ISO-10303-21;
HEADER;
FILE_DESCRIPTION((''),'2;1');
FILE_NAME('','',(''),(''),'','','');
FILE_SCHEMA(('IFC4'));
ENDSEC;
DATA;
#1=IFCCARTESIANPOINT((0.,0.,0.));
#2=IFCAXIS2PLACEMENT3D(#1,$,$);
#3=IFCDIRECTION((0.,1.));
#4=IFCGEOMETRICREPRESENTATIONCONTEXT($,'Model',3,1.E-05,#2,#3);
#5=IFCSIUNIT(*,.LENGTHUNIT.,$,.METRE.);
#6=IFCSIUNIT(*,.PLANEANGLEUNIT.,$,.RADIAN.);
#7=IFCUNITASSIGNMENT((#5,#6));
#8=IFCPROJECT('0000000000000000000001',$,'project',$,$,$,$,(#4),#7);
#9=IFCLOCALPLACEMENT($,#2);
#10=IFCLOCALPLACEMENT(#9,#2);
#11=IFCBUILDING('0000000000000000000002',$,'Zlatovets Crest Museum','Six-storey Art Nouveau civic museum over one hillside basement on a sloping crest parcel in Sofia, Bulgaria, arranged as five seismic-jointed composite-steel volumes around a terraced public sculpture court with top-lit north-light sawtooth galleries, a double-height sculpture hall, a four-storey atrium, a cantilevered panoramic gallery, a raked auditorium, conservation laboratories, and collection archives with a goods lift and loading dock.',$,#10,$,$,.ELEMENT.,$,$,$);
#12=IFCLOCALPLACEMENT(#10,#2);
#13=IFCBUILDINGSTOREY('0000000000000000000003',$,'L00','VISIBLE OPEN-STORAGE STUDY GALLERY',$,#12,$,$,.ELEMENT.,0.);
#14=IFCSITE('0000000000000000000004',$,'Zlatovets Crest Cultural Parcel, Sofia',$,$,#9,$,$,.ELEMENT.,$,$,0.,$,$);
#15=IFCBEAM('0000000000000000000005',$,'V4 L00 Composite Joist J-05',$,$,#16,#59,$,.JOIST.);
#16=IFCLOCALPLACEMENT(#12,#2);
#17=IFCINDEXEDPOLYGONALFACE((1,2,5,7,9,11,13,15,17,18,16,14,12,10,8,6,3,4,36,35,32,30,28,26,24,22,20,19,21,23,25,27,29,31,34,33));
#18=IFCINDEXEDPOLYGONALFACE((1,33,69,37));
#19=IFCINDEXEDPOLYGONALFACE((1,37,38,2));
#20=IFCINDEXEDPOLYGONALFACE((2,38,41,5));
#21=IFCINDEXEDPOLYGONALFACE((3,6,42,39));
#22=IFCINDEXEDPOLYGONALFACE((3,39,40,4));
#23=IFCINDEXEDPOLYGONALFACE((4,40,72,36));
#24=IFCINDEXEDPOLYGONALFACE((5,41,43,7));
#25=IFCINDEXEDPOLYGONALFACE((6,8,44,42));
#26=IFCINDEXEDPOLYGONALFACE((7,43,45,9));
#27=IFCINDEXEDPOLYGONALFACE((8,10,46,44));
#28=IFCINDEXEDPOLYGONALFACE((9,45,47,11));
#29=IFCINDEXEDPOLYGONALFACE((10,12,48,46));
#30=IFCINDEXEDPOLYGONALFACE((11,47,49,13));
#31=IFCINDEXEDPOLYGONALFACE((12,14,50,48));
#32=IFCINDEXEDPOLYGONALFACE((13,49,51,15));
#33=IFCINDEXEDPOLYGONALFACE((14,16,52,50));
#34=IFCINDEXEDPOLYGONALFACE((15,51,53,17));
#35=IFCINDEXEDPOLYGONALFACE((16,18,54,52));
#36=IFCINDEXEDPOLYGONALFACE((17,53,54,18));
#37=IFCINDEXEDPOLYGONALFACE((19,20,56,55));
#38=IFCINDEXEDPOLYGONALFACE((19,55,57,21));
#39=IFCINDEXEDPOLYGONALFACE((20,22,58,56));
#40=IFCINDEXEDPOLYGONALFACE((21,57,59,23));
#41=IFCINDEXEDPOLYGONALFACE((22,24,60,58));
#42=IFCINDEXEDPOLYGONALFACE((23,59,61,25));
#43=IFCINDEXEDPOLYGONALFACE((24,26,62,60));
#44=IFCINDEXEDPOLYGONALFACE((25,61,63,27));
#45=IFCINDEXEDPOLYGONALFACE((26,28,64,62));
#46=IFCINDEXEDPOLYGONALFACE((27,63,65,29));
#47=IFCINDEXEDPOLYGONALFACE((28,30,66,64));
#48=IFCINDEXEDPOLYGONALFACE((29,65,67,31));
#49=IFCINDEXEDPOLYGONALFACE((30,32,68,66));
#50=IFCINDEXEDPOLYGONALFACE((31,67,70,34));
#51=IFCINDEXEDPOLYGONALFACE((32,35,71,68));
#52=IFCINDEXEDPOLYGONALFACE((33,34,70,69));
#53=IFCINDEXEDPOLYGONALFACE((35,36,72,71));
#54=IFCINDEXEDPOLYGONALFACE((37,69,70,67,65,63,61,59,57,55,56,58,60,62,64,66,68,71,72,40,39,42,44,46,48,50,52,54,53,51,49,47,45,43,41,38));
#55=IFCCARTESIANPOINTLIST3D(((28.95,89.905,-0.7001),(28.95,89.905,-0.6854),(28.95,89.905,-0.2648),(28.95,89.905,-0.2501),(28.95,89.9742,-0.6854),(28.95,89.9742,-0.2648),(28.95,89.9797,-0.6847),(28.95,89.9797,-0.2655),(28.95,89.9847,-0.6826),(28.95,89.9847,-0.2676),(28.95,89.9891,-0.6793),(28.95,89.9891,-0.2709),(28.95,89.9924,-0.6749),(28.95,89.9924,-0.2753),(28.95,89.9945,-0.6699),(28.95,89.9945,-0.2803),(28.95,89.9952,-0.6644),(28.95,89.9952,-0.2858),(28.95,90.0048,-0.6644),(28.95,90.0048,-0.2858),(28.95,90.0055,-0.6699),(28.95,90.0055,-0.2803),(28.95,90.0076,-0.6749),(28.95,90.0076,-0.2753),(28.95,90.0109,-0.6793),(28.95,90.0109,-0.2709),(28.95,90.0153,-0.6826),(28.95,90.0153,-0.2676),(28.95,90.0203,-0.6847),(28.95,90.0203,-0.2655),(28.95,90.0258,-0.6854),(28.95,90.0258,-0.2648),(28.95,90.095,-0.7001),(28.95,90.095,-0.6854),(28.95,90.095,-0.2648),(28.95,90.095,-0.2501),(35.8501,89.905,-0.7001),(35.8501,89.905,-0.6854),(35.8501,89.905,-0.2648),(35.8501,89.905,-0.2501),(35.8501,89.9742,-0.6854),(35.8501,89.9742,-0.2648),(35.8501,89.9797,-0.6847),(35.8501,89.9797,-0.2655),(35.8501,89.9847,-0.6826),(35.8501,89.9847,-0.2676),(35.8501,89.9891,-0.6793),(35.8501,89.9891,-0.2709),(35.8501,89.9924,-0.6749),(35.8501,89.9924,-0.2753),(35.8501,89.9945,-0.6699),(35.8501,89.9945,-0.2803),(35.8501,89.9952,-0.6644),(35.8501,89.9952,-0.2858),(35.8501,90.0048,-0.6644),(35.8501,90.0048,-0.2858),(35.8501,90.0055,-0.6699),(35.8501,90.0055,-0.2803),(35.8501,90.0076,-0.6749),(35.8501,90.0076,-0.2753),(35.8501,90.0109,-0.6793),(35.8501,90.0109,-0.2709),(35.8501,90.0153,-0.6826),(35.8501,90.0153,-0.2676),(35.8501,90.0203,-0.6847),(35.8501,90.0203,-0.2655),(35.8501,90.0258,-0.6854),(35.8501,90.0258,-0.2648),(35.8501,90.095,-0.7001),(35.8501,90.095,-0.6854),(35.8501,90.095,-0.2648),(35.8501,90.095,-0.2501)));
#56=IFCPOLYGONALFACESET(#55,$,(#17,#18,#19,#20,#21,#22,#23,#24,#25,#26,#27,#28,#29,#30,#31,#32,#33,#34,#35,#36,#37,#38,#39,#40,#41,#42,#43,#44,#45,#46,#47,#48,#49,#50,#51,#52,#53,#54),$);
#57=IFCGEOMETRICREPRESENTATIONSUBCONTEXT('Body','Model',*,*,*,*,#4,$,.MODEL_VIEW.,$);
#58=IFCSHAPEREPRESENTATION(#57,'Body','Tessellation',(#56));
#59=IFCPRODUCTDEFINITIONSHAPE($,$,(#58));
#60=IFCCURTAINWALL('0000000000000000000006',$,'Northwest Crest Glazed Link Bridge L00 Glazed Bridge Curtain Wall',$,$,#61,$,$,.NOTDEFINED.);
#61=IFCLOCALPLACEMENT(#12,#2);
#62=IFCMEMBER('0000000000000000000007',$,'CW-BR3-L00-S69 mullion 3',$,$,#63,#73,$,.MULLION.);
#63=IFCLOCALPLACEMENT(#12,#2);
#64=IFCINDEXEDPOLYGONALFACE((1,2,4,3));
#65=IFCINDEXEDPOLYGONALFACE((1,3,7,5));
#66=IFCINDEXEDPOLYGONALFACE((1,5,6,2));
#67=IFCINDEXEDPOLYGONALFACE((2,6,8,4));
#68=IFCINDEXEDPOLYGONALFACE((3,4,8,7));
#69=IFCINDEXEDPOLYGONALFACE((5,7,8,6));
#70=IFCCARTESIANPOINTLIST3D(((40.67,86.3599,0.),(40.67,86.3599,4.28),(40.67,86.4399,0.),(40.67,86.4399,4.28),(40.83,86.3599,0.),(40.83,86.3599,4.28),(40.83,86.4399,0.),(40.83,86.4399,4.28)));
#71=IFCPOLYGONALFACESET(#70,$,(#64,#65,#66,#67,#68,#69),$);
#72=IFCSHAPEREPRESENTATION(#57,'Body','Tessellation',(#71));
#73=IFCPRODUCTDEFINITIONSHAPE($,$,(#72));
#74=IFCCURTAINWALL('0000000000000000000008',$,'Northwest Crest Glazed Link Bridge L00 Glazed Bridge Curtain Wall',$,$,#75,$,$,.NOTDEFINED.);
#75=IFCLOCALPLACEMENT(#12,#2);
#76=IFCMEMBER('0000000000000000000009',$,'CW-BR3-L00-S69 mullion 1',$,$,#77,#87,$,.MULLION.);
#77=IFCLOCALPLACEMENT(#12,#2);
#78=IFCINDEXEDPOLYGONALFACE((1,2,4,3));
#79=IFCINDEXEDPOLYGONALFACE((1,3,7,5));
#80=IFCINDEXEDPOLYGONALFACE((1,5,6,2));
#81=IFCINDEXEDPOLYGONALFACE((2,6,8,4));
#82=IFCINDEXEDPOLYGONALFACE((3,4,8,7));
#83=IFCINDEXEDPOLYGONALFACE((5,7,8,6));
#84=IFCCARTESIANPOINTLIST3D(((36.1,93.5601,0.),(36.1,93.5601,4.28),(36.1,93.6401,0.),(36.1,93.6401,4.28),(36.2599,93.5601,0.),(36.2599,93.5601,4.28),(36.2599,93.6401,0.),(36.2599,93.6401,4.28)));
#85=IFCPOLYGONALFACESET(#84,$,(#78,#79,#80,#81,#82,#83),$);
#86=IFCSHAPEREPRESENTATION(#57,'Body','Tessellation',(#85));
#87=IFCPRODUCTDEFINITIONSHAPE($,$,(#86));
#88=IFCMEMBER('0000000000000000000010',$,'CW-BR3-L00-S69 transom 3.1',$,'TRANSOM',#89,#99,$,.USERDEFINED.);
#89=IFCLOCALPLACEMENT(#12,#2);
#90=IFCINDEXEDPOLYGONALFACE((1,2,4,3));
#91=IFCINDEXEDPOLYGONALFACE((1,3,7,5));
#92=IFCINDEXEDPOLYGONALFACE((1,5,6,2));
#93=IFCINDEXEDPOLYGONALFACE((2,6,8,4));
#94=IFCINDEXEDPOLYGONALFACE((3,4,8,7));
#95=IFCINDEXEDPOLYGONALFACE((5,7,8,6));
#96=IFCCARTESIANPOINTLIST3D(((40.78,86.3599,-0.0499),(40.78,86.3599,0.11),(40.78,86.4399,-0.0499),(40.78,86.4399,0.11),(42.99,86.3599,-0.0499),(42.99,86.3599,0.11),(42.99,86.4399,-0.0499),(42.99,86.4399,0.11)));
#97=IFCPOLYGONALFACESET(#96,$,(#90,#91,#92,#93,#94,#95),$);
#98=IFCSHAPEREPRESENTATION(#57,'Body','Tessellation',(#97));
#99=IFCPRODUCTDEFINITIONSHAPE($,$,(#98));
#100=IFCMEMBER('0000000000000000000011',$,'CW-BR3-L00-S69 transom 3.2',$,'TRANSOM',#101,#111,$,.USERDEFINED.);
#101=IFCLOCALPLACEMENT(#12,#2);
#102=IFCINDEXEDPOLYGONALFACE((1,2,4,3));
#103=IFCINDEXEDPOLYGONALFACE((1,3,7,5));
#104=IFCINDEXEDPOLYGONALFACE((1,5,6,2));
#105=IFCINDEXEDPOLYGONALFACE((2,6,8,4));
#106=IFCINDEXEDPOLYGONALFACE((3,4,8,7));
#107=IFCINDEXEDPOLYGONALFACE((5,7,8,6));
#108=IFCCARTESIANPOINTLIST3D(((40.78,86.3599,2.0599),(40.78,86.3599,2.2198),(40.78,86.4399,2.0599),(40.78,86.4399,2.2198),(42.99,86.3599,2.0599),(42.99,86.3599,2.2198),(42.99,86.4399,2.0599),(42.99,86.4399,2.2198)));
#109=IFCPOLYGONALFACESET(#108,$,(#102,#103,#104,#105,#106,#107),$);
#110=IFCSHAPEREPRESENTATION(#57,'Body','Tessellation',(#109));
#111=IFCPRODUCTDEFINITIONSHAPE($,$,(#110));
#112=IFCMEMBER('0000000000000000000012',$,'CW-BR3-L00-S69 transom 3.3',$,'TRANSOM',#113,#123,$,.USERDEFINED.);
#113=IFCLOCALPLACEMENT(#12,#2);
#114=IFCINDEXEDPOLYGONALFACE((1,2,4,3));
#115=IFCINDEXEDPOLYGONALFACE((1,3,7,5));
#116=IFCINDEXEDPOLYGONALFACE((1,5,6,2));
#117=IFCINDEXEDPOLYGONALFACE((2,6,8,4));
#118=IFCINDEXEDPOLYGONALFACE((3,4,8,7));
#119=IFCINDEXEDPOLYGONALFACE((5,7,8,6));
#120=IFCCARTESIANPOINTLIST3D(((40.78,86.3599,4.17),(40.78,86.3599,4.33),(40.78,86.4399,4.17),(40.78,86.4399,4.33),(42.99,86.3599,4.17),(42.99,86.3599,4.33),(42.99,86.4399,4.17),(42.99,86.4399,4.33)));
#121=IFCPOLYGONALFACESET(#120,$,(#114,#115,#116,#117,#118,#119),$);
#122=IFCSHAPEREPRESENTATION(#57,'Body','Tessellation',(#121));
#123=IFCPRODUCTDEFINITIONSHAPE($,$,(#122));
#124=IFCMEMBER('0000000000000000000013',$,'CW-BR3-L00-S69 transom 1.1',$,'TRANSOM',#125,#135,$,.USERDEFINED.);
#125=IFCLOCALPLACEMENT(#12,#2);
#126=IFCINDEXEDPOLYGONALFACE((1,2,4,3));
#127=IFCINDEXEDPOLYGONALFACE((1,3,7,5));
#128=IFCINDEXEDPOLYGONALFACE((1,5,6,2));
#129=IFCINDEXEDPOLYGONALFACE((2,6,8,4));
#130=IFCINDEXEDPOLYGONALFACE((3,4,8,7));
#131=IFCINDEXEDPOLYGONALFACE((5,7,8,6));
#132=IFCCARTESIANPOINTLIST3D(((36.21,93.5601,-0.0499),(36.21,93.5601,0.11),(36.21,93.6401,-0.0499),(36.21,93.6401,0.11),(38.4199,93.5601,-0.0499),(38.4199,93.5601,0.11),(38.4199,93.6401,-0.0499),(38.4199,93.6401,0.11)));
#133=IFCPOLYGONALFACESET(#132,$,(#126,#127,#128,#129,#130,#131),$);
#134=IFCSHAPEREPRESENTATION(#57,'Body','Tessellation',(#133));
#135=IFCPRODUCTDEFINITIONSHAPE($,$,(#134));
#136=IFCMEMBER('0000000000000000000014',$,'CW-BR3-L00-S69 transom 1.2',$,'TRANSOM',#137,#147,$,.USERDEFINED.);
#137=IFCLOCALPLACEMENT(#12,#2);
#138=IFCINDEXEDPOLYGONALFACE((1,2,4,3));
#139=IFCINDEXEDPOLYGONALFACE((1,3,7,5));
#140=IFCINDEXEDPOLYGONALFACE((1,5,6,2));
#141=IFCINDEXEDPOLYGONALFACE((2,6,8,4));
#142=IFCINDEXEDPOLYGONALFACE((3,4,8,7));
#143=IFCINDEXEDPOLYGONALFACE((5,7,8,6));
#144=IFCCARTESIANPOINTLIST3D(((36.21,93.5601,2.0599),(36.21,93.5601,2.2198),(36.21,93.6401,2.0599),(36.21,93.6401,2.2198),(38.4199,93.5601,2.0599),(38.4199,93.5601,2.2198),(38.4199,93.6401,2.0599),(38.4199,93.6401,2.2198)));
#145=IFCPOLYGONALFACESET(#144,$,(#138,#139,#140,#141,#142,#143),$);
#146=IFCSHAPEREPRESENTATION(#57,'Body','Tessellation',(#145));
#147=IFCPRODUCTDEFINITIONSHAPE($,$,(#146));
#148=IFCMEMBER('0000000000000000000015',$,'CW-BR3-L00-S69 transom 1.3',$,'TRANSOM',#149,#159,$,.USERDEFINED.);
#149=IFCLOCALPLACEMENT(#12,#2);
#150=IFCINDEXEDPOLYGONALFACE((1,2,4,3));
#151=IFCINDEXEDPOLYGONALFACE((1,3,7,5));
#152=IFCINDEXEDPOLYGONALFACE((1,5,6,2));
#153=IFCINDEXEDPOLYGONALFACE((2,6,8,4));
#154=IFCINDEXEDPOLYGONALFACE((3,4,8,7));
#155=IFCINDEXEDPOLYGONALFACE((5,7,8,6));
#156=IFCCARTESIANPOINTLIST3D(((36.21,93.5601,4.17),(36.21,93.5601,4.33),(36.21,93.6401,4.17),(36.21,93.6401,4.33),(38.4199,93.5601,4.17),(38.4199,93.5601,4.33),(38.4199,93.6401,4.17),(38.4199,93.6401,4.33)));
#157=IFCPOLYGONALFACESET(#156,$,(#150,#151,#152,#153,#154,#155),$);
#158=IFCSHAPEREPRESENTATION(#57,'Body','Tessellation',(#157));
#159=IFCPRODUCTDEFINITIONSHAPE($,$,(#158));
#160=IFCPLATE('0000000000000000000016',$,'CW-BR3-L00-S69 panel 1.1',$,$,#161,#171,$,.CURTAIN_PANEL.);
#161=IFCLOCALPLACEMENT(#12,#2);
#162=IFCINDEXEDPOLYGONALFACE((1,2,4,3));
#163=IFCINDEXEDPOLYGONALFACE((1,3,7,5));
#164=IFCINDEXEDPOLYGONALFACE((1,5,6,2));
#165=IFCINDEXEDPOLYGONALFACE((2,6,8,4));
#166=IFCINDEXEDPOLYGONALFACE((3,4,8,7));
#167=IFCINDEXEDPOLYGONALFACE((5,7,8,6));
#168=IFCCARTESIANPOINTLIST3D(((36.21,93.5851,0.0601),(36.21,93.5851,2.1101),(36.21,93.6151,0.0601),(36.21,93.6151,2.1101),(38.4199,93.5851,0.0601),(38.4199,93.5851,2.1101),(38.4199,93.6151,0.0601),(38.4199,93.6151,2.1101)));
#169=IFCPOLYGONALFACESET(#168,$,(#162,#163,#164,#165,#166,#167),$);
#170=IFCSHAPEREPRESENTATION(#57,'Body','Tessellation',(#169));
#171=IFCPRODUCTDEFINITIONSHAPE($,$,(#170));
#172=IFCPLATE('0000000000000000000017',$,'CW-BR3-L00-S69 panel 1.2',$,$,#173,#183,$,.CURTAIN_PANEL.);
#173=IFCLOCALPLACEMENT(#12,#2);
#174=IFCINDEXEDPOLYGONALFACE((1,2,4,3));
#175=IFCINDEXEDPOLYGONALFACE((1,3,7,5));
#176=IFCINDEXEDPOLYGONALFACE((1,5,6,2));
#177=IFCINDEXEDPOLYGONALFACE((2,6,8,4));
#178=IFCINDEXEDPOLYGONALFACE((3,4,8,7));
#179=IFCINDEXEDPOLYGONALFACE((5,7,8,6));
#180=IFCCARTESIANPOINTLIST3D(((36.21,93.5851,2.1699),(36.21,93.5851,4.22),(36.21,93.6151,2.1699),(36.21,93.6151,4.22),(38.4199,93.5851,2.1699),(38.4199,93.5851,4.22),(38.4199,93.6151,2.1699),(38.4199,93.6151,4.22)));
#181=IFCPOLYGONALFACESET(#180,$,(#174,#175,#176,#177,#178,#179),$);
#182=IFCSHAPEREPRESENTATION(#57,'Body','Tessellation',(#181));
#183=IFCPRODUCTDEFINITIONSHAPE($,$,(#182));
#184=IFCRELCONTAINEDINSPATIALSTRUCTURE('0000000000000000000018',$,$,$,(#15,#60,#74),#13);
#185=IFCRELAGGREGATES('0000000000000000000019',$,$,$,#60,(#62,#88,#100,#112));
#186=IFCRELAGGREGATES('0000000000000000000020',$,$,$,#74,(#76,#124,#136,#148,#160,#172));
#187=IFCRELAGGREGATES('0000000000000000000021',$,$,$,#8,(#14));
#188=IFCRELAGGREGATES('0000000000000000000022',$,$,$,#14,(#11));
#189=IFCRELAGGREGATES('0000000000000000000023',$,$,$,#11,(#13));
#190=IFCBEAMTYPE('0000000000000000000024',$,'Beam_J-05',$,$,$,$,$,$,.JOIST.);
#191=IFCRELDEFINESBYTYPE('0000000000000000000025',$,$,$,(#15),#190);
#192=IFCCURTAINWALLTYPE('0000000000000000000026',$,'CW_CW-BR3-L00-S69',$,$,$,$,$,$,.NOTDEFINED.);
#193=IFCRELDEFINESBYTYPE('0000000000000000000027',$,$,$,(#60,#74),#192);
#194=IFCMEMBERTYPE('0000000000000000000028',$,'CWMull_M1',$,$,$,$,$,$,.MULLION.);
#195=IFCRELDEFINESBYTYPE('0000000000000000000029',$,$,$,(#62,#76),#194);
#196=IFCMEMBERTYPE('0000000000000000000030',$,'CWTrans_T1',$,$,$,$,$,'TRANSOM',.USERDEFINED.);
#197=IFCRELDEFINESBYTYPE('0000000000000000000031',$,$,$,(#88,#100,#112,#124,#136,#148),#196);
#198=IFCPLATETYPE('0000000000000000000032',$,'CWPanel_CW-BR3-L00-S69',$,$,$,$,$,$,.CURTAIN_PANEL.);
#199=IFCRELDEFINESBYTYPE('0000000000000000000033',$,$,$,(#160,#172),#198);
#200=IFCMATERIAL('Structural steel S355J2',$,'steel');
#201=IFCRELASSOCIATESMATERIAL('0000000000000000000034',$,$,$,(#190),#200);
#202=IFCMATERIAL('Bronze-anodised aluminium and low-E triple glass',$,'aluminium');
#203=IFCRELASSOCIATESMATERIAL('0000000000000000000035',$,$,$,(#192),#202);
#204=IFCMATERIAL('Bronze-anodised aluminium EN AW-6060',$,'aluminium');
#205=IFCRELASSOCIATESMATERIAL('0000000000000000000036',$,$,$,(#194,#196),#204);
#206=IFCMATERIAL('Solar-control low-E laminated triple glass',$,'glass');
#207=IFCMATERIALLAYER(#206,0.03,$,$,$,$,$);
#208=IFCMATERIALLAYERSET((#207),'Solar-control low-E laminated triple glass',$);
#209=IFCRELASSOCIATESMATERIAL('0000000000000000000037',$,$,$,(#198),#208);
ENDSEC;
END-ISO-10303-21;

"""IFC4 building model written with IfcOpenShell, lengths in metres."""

from ifc_helpers import new_model, si_unit, direction, frame, origin, origin_2d, place, context, subcontext, project, spatial, rectangle, i_section, extrude, material, layer, layer_set, material_profile, profile_set, type_object, element, aggregate, save


model = new_model("IFC4")

# Units and contexts
model_context = context("Model", 3, precision=1e-05, world=origin(), true_north=direction((0.0, 1.0)))
body_context = subcontext(model_context, "Body", "Model", "MODEL_VIEW")
ifc_project = project(units=[si_unit("LENGTHUNIT", "METRE"), si_unit("PLANEANGLEUNIT", "RADIAN")], contexts=[model_context])

# Site, building, storey
site_placement = place(None, origin())
site = spatial("IfcSite", under=ifc_project, at=site_placement, Name="Zlatovets Crest Cultural Parcel, Sofia", CompositionType="ELEMENT", RefElevation=0.0)
building_placement = place(site_placement, origin())
building = spatial("IfcBuilding", under=site, at=building_placement, Name="Zlatovets Crest Museum", Description="Six-storey Art Nouveau civic museum over one hillside basement on a sloping crest parcel in Sofia, Bulgaria, arranged as five seismic-jointed composite-steel volumes around a terraced public sculpture court with top-lit north-light sawtooth galleries, a double-height sculpture hall, a four-storey atrium, a cantilevered panoramic gallery, a raked auditorium, conservation laboratories, and collection archives with a goods lift and loading dock.", CompositionType="ELEMENT")
storey_placement = place(building_placement, origin())
storey = spatial("IfcBuildingStorey", under=building, at=storey_placement, Name="L00", Description="VISIBLE OPEN-STORAGE STUDY GALLERY", CompositionType="ELEMENT", Elevation=0.0)

# Shared definitions
ifc_material_1 = material(Name="Structural steel S355J2", Category="steel")

# Beam
ifc_material_profile_1 = material_profile(ifc_material_1, i_section(OverallWidth=0.1899, OverallDepth=0.45, WebThickness=0.0095, FlangeThickness=0.0146, FilletRadius=0.021, at=origin_2d()), Name="IPE 450")
ifc_profile_set_1 = profile_set([ifc_material_profile_1], Name="Structural steel S355J2")
beam_type_1 = type_object("IfcBeamType", Name="Beam_J-05", PredefinedType="JOIST", material=ifc_profile_set_1)
beam_1_placement = place(storey_placement, frame((28.95, 90.0, -0.4751), z_axis=(1.0, 0.0, 0.0), x_axis=(0.0, 1.0, 0.0)))
element("IfcBeam", 1, at=beam_1_placement, inside=storey, type_object=beam_type_1, Name="V4 L00 Composite Joist J-05", PredefinedType="JOIST", context=body_context, shape_type="SweptSolid", body=[
    extrude(i_section(OverallWidth=0.1899, OverallDepth=0.45, WebThickness=0.0095, FlangeThickness=0.0146, FilletRadius=0.021, at=origin_2d()), origin(), (0.0, 0.0, 1.0), 6.9001),
])

# Curtain walls, members
ifc_material_2 = material(Name="Bronze-anodised aluminium and low-E triple glass", Category="aluminium")
curtain_wall_type = type_object("IfcCurtainWallType", Name="CW_CW-BR3-L00-S69", PredefinedType="NOTDEFINED", material=ifc_material_2)
curtain_wall_1_placement = place(storey_placement, origin())
curtain_wall_1 = element("IfcCurtainWall", 2, at=curtain_wall_1_placement, inside=storey, type_object=curtain_wall_type, Name="Northwest Crest Glazed Link Bridge L00 Glazed Bridge Curtain Wall", PredefinedType="NOTDEFINED")
ifc_material_3 = material(Name="Bronze-anodised aluminium EN AW-6060", Category="aluminium")
ifc_material_profile_2 = material_profile(ifc_material_3, rectangle(XDim=0.0801, YDim=0.1599, at=origin_2d()), Name="ALU 80x160")
ifc_profile_set_2 = profile_set([ifc_material_profile_2], Name="Bronze-anodised aluminium EN AW-6060")
member_type_1 = type_object("IfcMemberType", Name="CWMull_M1", PredefinedType="MULLION", material=ifc_profile_set_2)
member_1_placement = place(storey_placement, frame((40.75, 86.3999, 0.0), z_axis=(0.0, 0.0, 1.0), x_axis=(0.0, 1.0, 0.0)))
member_1 = element("IfcMember", 3, at=member_1_placement, type_object=member_type_1, Name="CW-BR3-L00-S69 mullion 3", PredefinedType="MULLION", context=body_context, shape_type="SweptSolid", body=[
    extrude(rectangle(XDim=0.0801, YDim=0.1599, at=origin_2d()), origin(), (0.0, 0.0, 1.0), 4.28),
])
curtain_wall_2_placement = place(storey_placement, origin())
curtain_wall_2 = element("IfcCurtainWall", 4, at=curtain_wall_2_placement, inside=storey, type_object=curtain_wall_type, Name="Northwest Crest Glazed Link Bridge L00 Glazed Bridge Curtain Wall", PredefinedType="NOTDEFINED")
member_2_placement = place(storey_placement, frame((36.1799, 93.6001, 0.0), z_axis=(0.0, 0.0, 1.0), x_axis=(0.0, 1.0, 0.0)))
member_2 = element("IfcMember", 5, at=member_2_placement, type_object=member_type_1, Name="CW-BR3-L00-S69 mullion 1", PredefinedType="MULLION", context=body_context, shape_type="SweptSolid", body=[
    extrude(rectangle(XDim=0.0801, YDim=0.1599, at=origin_2d()), origin(), (0.0, 0.0, 1.0), 4.28),
])

# Members
ifc_material_profile_3 = material_profile(ifc_material_3, rectangle(XDim=0.0801, YDim=0.1599, at=origin_2d()), Name="ALU 80x160")
ifc_profile_set_3 = profile_set([ifc_material_profile_3], Name="Bronze-anodised aluminium EN AW-6060")
member_type_2 = type_object("IfcMemberType", Name="CWTrans_T1", ElementType="TRANSOM", PredefinedType="USERDEFINED", material=ifc_profile_set_3)
member_3_placement = place(storey_placement, frame((40.78, 86.3999, 0.03), z_axis=(1.0, 0.0, 0.0), x_axis=(0.0, 1.0, 0.0)))
member_3 = element("IfcMember", 6, at=member_3_placement, type_object=member_type_2, Name="CW-BR3-L00-S69 transom 3.1", ObjectType="TRANSOM", PredefinedType="USERDEFINED", context=body_context, shape_type="SweptSolid", body=[
    extrude(rectangle(XDim=0.0801, YDim=0.1599, at=origin_2d()), origin(), (0.0, 0.0, 1.0), 2.21),
])
member_4_placement = place(storey_placement, frame((40.78, 86.3999, 2.1399), z_axis=(1.0, 0.0, 0.0), x_axis=(0.0, 1.0, 0.0)))
member_4 = element("IfcMember", 7, at=member_4_placement, type_object=member_type_2, Name="CW-BR3-L00-S69 transom 3.2", ObjectType="TRANSOM", PredefinedType="USERDEFINED", context=body_context, shape_type="SweptSolid", body=[
    extrude(rectangle(XDim=0.0801, YDim=0.1599, at=origin_2d()), origin(), (0.0, 0.0, 1.0), 2.21),
])
member_5_placement = place(storey_placement, frame((40.78, 86.3999, 4.25), z_axis=(1.0, 0.0, 0.0), x_axis=(0.0, 1.0, 0.0)))
member_5 = element("IfcMember", 8, at=member_5_placement, type_object=member_type_2, Name="CW-BR3-L00-S69 transom 3.3", ObjectType="TRANSOM", PredefinedType="USERDEFINED", context=body_context, shape_type="SweptSolid", body=[
    extrude(rectangle(XDim=0.0801, YDim=0.1599, at=origin_2d()), origin(), (0.0, 0.0, 1.0), 2.21),
])
aggregate(curtain_wall_1, [member_1, member_3, member_4, member_5])
member_6_placement = place(storey_placement, frame((36.21, 93.6001, 0.03), z_axis=(1.0, 0.0, 0.0), x_axis=(0.0, 1.0, 0.0)))
member_6 = element("IfcMember", 9, at=member_6_placement, type_object=member_type_2, Name="CW-BR3-L00-S69 transom 1.1", ObjectType="TRANSOM", PredefinedType="USERDEFINED", context=body_context, shape_type="SweptSolid", body=[
    extrude(rectangle(XDim=0.0801, YDim=0.1599, at=origin_2d()), origin(), (0.0, 0.0, 1.0), 2.21),
])
member_7_placement = place(storey_placement, frame((36.21, 93.6001, 2.1399), z_axis=(1.0, 0.0, 0.0), x_axis=(0.0, 1.0, 0.0)))
member_7 = element("IfcMember", 10, at=member_7_placement, type_object=member_type_2, Name="CW-BR3-L00-S69 transom 1.2", ObjectType="TRANSOM", PredefinedType="USERDEFINED", context=body_context, shape_type="SweptSolid", body=[
    extrude(rectangle(XDim=0.0801, YDim=0.1599, at=origin_2d()), origin(), (0.0, 0.0, 1.0), 2.21),
])
member_8_placement = place(storey_placement, frame((36.21, 93.6001, 4.25), z_axis=(1.0, 0.0, 0.0), x_axis=(0.0, 1.0, 0.0)))
member_8 = element("IfcMember", 11, at=member_8_placement, type_object=member_type_2, Name="CW-BR3-L00-S69 transom 1.3", ObjectType="TRANSOM", PredefinedType="USERDEFINED", context=body_context, shape_type="SweptSolid", body=[
    extrude(rectangle(XDim=0.0801, YDim=0.1599, at=origin_2d()), origin(), (0.0, 0.0, 1.0), 2.21),
])

# Plates
ifc_material_4 = material(Name="Solar-control low-E laminated triple glass", Category="glass")
ifc_layer_1 = layer(ifc_material_4, 0.03)
ifc_layer_set_1 = layer_set([ifc_layer_1], Name="Solar-control low-E laminated triple glass")
plate_type = type_object("IfcPlateType", Name="CWPanel_CW-BR3-L00-S69", PredefinedType="CURTAIN_PANEL", material=ifc_layer_set_1)
plate_1_placement = place(storey_placement, frame((37.3149, 93.6001, 0.0601), z_axis=(0.0, 0.0, 1.0), x_axis=(1.0, 0.0, 0.0)))
plate_1 = element("IfcPlate", 12, at=plate_1_placement, type_object=plate_type, Name="CW-BR3-L00-S69 panel 1.1", PredefinedType="CURTAIN_PANEL", context=body_context, shape_type="SweptSolid", body=[
    extrude(rectangle(XDim=2.21, YDim=0.03, at=origin_2d()), origin(), (0.0, 0.0, 1.0), 2.05),
])
plate_2_placement = place(storey_placement, frame((37.3149, 93.6001, 2.1699), z_axis=(0.0, 0.0, 1.0), x_axis=(1.0, 0.0, 0.0)))
plate_2 = element("IfcPlate", 13, at=plate_2_placement, type_object=plate_type, Name="CW-BR3-L00-S69 panel 1.2", PredefinedType="CURTAIN_PANEL", context=body_context, shape_type="SweptSolid", body=[
    extrude(rectangle(XDim=2.21, YDim=0.03, at=origin_2d()), origin(), (0.0, 0.0, 1.0), 2.05),
])
aggregate(curtain_wall_2, [member_2, member_6, member_7, member_8, plate_1, plate_2])

save(model, "model.ifc")
